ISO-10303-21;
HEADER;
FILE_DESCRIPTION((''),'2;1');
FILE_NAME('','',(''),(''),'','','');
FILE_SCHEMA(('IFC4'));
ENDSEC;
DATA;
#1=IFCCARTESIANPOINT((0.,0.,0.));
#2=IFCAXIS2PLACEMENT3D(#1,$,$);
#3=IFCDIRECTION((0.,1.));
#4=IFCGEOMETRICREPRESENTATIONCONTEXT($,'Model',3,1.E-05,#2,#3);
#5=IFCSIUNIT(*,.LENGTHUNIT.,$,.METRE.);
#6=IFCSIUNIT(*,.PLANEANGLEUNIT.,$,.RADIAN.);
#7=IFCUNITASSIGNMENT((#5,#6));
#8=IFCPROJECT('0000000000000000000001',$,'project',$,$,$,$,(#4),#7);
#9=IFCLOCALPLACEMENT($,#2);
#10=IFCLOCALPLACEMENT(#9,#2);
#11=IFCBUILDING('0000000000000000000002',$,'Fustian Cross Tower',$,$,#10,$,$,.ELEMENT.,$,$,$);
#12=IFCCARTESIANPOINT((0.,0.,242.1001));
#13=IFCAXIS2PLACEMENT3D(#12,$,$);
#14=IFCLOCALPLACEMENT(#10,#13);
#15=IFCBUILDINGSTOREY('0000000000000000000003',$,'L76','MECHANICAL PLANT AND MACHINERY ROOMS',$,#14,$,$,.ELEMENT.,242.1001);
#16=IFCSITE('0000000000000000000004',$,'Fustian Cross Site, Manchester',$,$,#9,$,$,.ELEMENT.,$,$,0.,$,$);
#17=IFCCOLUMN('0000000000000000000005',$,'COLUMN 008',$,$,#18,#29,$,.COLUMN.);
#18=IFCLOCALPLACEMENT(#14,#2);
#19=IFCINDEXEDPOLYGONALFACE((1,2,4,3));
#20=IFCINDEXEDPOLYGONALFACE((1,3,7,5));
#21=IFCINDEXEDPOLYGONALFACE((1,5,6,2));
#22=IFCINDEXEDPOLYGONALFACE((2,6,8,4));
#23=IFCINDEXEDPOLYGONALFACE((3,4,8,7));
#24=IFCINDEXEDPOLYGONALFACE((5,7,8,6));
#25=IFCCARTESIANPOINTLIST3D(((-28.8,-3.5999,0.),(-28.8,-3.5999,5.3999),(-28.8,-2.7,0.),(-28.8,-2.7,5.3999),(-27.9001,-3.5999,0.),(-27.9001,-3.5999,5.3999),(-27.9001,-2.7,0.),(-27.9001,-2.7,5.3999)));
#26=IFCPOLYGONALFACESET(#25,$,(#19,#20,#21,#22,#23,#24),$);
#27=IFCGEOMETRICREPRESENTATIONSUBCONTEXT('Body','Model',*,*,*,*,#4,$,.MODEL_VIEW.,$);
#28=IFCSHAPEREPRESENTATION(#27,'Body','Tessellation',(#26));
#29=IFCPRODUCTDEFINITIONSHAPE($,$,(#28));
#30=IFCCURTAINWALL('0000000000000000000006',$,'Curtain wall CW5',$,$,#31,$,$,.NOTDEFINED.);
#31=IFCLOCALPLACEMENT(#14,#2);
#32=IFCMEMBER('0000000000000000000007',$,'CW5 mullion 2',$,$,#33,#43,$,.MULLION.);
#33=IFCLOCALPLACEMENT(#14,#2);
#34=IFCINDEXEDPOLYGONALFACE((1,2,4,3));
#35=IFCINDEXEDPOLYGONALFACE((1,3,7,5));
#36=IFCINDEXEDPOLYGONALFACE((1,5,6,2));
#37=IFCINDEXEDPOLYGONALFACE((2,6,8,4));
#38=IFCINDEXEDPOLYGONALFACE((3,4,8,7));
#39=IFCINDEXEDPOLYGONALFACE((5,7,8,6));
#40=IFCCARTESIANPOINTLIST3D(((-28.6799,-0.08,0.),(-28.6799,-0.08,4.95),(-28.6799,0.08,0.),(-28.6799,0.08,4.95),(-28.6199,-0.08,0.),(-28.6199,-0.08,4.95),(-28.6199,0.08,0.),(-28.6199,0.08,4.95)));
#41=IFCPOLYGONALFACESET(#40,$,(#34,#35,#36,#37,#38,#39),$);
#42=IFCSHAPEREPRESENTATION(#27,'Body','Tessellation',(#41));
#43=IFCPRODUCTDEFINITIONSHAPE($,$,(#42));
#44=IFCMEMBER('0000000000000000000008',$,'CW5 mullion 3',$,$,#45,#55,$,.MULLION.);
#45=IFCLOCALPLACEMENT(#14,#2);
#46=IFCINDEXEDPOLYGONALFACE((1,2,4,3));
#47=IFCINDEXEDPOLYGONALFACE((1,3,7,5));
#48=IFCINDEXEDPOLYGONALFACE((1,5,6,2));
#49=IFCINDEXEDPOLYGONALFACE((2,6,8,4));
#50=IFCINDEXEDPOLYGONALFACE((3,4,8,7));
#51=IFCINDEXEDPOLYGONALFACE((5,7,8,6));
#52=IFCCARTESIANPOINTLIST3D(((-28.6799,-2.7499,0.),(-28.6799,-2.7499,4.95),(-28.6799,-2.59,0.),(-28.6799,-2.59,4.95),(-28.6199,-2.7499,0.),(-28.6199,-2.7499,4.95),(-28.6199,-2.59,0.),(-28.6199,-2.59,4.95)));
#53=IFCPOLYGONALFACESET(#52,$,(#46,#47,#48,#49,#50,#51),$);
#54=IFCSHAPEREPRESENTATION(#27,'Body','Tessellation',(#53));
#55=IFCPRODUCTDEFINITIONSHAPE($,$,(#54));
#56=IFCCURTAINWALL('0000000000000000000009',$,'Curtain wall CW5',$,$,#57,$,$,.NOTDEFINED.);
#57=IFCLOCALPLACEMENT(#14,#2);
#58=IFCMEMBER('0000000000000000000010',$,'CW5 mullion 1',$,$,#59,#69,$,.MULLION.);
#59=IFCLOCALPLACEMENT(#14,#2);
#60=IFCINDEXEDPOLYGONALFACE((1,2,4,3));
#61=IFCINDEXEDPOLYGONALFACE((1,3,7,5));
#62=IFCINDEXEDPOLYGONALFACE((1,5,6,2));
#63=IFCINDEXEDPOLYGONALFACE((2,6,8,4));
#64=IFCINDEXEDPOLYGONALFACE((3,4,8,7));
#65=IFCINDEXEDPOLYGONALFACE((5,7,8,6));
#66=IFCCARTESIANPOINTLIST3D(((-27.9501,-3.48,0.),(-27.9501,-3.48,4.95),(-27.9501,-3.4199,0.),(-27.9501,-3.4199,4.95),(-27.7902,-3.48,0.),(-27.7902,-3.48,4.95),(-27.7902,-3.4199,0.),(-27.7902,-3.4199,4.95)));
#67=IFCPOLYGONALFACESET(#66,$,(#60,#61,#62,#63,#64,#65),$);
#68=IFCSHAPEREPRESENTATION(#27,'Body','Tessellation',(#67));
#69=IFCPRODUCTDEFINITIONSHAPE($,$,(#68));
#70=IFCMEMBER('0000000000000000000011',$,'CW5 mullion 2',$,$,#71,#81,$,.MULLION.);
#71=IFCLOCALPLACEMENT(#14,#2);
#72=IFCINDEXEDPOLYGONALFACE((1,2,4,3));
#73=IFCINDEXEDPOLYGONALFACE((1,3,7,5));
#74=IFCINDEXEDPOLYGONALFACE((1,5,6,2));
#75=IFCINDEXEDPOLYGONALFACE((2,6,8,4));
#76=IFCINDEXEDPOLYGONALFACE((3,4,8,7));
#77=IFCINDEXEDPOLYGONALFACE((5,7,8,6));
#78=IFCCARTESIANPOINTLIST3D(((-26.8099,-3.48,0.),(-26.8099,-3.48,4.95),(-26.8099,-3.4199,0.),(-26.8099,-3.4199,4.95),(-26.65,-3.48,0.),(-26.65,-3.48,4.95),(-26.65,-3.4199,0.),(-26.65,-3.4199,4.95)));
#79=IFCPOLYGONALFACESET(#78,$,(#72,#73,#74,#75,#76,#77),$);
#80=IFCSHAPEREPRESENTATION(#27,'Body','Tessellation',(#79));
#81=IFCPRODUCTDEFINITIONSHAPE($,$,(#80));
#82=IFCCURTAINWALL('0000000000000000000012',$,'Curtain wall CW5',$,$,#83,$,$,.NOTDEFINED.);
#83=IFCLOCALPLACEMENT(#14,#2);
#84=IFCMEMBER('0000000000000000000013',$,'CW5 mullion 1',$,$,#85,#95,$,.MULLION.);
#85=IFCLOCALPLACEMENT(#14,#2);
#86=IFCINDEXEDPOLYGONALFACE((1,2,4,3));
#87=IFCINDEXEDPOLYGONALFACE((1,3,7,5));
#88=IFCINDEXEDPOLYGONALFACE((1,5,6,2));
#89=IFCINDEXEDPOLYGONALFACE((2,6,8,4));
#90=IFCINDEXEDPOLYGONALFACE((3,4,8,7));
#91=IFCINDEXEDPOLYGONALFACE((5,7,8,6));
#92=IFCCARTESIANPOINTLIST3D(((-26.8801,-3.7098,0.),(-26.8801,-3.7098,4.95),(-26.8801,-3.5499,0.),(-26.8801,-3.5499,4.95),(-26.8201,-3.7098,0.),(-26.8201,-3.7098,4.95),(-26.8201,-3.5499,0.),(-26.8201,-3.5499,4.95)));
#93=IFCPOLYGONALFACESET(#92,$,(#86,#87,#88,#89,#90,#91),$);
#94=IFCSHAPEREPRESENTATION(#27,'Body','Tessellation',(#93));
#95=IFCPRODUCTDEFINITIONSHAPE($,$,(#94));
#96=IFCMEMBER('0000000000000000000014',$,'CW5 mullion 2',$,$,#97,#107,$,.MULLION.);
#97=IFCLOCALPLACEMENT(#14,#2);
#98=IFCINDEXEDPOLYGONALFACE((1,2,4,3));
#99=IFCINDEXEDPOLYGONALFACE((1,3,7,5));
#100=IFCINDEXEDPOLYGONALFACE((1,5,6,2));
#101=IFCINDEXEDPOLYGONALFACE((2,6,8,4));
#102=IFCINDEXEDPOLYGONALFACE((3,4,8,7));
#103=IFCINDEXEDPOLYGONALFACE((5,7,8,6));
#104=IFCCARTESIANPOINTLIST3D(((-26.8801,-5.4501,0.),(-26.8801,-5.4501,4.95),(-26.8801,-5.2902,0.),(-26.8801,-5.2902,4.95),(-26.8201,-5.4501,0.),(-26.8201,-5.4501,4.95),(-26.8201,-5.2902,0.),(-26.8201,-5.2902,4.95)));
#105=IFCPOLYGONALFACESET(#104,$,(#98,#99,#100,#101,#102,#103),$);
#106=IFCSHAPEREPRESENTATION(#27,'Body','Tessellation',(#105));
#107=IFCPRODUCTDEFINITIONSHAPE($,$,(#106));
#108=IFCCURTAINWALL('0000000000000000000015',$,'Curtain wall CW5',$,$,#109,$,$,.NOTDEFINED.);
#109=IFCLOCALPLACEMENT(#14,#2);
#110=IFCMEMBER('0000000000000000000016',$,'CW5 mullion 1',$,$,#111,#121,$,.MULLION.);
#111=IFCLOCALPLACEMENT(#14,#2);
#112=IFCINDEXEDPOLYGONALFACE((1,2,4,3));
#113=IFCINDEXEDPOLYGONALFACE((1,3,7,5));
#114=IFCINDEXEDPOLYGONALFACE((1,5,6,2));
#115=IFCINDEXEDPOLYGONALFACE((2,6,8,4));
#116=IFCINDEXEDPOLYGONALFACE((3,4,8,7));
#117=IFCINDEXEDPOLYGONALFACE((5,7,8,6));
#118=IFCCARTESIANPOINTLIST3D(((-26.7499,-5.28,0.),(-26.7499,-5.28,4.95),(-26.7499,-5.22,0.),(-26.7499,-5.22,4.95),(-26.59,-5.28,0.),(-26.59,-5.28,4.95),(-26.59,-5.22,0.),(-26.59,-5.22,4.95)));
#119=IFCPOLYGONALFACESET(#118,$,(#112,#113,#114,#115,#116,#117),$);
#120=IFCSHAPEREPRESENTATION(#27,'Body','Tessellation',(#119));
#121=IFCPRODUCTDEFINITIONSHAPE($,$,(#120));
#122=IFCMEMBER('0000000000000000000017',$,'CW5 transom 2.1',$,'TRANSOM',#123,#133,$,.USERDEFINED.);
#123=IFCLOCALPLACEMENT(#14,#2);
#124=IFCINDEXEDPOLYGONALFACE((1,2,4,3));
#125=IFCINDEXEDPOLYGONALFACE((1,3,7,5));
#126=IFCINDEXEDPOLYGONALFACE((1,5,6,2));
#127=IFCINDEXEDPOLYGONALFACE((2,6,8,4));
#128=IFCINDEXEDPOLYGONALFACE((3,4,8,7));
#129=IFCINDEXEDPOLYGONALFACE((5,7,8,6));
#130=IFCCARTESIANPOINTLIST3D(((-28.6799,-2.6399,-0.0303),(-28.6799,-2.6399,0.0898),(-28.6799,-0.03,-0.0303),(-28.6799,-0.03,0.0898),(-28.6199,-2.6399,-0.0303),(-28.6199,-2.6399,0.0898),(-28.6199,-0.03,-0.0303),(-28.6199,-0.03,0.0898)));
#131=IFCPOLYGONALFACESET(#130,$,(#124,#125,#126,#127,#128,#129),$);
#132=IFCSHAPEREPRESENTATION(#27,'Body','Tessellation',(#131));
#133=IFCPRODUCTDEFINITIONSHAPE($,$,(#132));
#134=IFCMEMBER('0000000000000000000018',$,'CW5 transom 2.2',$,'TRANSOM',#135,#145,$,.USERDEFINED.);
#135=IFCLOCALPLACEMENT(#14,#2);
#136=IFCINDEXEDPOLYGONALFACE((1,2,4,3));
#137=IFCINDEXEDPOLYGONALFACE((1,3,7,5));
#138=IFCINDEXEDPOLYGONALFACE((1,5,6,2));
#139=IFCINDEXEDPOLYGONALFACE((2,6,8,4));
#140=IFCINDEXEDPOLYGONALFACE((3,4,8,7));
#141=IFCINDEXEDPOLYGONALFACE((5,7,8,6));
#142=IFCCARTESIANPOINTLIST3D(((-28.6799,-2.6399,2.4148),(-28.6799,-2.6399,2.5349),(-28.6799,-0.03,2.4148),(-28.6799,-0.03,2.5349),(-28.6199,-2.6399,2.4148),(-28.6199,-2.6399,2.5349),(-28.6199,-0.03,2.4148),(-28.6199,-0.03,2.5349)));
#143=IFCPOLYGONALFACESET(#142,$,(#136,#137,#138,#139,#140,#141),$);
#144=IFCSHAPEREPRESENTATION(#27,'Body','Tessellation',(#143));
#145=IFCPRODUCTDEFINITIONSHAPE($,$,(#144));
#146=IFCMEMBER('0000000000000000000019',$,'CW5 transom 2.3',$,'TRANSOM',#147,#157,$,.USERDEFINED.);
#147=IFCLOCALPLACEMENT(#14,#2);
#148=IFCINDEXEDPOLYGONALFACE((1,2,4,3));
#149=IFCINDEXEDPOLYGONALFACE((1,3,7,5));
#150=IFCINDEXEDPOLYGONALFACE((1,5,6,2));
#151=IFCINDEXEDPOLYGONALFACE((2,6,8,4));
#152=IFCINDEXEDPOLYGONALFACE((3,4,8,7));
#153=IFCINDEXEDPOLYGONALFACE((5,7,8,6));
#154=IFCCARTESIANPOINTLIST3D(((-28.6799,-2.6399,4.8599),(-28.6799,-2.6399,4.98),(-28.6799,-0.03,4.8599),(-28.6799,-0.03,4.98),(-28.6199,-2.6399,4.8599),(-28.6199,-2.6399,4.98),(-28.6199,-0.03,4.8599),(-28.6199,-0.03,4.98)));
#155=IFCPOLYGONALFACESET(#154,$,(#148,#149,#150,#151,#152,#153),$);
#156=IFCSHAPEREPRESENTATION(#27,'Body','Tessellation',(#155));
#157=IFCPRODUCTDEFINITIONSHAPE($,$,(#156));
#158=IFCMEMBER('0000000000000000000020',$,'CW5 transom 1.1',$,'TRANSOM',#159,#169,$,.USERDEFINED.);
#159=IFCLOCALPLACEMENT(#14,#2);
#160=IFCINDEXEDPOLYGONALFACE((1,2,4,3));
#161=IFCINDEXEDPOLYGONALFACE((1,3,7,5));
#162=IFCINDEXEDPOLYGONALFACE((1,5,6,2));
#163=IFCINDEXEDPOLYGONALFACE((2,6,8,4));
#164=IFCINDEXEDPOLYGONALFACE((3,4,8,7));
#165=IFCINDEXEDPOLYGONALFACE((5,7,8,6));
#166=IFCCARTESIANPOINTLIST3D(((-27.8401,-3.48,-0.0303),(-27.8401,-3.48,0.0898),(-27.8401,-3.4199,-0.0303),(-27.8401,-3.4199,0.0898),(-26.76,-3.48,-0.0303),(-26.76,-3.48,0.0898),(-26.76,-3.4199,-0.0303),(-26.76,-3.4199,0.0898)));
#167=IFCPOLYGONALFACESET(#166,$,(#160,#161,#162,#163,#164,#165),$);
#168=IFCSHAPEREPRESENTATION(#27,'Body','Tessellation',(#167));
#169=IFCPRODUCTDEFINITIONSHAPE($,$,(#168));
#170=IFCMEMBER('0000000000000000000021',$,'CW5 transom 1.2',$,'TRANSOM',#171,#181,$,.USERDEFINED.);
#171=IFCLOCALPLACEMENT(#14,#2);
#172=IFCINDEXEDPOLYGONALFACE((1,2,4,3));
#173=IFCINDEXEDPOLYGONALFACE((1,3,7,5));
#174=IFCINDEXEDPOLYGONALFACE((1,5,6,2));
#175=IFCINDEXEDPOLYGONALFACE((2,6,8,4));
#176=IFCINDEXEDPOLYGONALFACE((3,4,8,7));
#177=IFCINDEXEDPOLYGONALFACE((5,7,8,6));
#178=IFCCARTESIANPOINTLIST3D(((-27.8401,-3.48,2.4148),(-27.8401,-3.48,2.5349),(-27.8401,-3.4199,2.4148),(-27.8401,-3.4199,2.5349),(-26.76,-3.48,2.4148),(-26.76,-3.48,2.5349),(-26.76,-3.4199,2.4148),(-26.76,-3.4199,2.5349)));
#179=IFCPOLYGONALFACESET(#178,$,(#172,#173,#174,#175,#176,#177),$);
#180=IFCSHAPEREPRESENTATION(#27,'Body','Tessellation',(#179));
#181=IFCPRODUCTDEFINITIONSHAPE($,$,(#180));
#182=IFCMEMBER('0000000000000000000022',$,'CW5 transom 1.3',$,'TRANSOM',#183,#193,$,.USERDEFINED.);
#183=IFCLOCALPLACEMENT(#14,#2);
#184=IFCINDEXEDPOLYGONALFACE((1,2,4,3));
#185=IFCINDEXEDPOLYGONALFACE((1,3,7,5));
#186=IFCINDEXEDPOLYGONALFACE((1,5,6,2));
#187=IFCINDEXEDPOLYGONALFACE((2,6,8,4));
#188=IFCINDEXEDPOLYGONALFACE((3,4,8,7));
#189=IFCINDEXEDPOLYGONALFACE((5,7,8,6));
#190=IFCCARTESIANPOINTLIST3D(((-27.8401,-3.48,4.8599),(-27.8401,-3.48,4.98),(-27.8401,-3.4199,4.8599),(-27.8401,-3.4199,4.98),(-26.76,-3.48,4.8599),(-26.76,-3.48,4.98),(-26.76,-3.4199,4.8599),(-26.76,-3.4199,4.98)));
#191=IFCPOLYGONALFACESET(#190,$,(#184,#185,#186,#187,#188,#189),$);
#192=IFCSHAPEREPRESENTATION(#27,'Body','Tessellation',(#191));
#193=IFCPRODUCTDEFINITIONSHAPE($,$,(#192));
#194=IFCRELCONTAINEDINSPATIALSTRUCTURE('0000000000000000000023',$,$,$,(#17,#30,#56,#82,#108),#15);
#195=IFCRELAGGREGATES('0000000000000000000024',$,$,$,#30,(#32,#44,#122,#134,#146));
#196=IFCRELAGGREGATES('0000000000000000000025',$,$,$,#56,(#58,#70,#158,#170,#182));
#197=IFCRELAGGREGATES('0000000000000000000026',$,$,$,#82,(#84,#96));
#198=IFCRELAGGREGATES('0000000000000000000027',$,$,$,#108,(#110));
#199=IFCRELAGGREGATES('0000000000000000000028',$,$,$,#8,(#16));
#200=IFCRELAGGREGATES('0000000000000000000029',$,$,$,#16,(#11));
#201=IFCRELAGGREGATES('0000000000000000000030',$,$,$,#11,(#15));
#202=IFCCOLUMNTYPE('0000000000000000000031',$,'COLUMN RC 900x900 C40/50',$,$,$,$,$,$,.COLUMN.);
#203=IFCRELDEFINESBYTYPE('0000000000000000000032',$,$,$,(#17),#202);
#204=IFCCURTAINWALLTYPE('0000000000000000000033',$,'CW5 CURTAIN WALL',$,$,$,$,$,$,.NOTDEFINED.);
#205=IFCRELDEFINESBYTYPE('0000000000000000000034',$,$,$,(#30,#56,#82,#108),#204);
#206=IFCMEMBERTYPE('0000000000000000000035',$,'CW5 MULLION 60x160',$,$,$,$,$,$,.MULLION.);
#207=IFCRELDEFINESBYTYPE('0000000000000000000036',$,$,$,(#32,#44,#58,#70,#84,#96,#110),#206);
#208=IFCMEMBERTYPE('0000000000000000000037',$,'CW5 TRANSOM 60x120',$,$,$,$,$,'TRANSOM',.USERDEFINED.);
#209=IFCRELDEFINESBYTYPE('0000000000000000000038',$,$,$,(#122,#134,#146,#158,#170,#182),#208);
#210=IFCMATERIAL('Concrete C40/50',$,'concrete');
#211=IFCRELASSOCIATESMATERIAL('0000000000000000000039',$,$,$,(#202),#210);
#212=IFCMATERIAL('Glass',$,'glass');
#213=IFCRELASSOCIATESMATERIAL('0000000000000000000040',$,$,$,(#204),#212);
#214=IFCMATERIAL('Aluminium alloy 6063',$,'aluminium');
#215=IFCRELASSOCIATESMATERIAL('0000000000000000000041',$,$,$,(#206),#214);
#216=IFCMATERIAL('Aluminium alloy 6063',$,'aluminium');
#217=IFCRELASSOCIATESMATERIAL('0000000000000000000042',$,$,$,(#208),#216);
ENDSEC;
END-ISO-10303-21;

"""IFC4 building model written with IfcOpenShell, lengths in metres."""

from ifc_helpers import new_model, si_unit, direction, frame, origin, origin_2d, place, context, subcontext, project, spatial, rectangle, extrude, material, material_profile, profile_set, type_object, element, aggregate, save


model = new_model("IFC4")

# Units and contexts
model_context = context("Model", 3, precision=1e-05, world=origin(), true_north=direction((0.0, 1.0)))
body_context = subcontext(model_context, "Body", "Model", "MODEL_VIEW")
ifc_project = project(units=[si_unit("LENGTHUNIT", "METRE"), si_unit("PLANEANGLEUNIT", "RADIAN")], contexts=[model_context])

# Site, building, storey
site_placement = place(None, origin())
site = spatial("IfcSite", under=ifc_project, at=site_placement, Name="Fustian Cross Site, Manchester", CompositionType="ELEMENT", RefElevation=0.0)
building_placement = place(site_placement, origin())
building = spatial("IfcBuilding", under=site, at=building_placement, Name="Fustian Cross Tower", CompositionType="ELEMENT")
storey_placement = place(building_placement, frame((0.0, 0.0, 242.1001)))
storey = spatial("IfcBuildingStorey", under=building, at=storey_placement, Name="L76", Description="MECHANICAL PLANT AND MACHINERY ROOMS", CompositionType="ELEMENT", Elevation=242.1001)

# Column
ifc_material_1 = material(Name="Concrete C40/50", Category="concrete")
ifc_material_profile_1 = material_profile(ifc_material_1, rectangle(XDim=0.8999, YDim=0.8999, at=origin_2d()), Name="RC 900x900")
ifc_profile_set_1 = profile_set([ifc_material_profile_1], Name="Concrete C40/50")
column_type = type_object("IfcColumnType", Name="COLUMN RC 900x900 C40/50", PredefinedType="COLUMN", material=ifc_profile_set_1)
column_placement = place(storey_placement, frame((-28.3501, -3.1499, 0.0), z_axis=(0.0, 0.0, 1.0), x_axis=(1.0, 0.0, 0.0)))
element("IfcColumn", 1, at=column_placement, inside=storey, type_object=column_type, Name="COLUMN 008", PredefinedType="COLUMN", context=body_context, shape_type="SweptSolid", body=[
    extrude(rectangle(XDim=0.8999, YDim=0.8999, at=origin_2d()), origin(), (0.0, 0.0, 1.0), 5.3999),
])

# Curtain walls, members
ifc_material_2 = material(Name="Glass", Category="glass")
curtain_wall_type = type_object("IfcCurtainWallType", Name="CW5 CURTAIN WALL", PredefinedType="NOTDEFINED", material=ifc_material_2)
curtain_wall_1_placement = place(storey_placement, origin())
curtain_wall_1 = element("IfcCurtainWall", 2, at=curtain_wall_1_placement, inside=storey, type_object=curtain_wall_type, Name="Curtain wall CW5", PredefinedType="NOTDEFINED")
ifc_material_3 = material(Name="Aluminium alloy 6063", Category="aluminium")
ifc_material_profile_2 = material_profile(ifc_material_3, rectangle(XDim=0.0601, YDim=0.1599, at=origin_2d()), Name="CW5 MULLION 60x160")
ifc_profile_set_2 = profile_set([ifc_material_profile_2], Name="Aluminium alloy 6063")
member_type_1 = type_object("IfcMemberType", Name="CW5 MULLION 60x160", PredefinedType="MULLION", material=ifc_profile_set_2)
member_1_placement = place(storey_placement, frame((-28.6499, 0.0, 0.0), z_axis=(0.0, 0.0, 1.0), x_axis=(1.0, 0.0, 0.0)))
member_1 = element("IfcMember", 3, at=member_1_placement, type_object=member_type_1, Name="CW5 mullion 2", PredefinedType="MULLION", context=body_context, shape_type="SweptSolid", body=[
    extrude(rectangle(XDim=0.0601, YDim=0.1599, at=origin_2d()), origin(), (0.0, 0.0, 1.0), 4.95),
])
member_2_placement = place(storey_placement, frame((-28.6499, -2.6699, 0.0), z_axis=(0.0, 0.0, 1.0), x_axis=(1.0, 0.0, 0.0)))
member_2 = element("IfcMember", 4, at=member_2_placement, type_object=member_type_1, Name="CW5 mullion 3", PredefinedType="MULLION", context=body_context, shape_type="SweptSolid", body=[
    extrude(rectangle(XDim=0.0601, YDim=0.1599, at=origin_2d()), origin(), (0.0, 0.0, 1.0), 4.95),
])
curtain_wall_2_placement = place(storey_placement, origin())
curtain_wall_2 = element("IfcCurtainWall", 5, at=curtain_wall_2_placement, inside=storey, type_object=curtain_wall_type, Name="Curtain wall CW5", PredefinedType="NOTDEFINED")
member_3_placement = place(storey_placement, frame((-27.8701, -3.45, 0.0), z_axis=(0.0, 0.0, 1.0), x_axis=(0.0, 1.0, 0.0)))
member_3 = element("IfcMember", 6, at=member_3_placement, type_object=member_type_1, Name="CW5 mullion 1", PredefinedType="MULLION", context=body_context, shape_type="SweptSolid", body=[
    extrude(rectangle(XDim=0.0601, YDim=0.1599, at=origin_2d()), origin(), (0.0, 0.0, 1.0), 4.95),
])
member_4_placement = place(storey_placement, frame((-26.73, -3.45, 0.0), z_axis=(0.0, 0.0, 1.0), x_axis=(0.0, 1.0, 0.0)))
member_4 = element("IfcMember", 7, at=member_4_placement, type_object=member_type_1, Name="CW5 mullion 2", PredefinedType="MULLION", context=body_context, shape_type="SweptSolid", body=[
    extrude(rectangle(XDim=0.0601, YDim=0.1599, at=origin_2d()), origin(), (0.0, 0.0, 1.0), 4.95),
])
curtain_wall_3_placement = place(storey_placement, origin())
curtain_wall_3 = element("IfcCurtainWall", 8, at=curtain_wall_3_placement, inside=storey, type_object=curtain_wall_type, Name="Curtain wall CW5", PredefinedType="NOTDEFINED")
member_5_placement = place(storey_placement, frame((-26.8501, -3.6299, 0.0), z_axis=(0.0, 0.0, 1.0), x_axis=(1.0, 0.0, 0.0)))
member_5 = element("IfcMember", 9, at=member_5_placement, type_object=member_type_1, Name="CW5 mullion 1", PredefinedType="MULLION", context=body_context, shape_type="SweptSolid", body=[
    extrude(rectangle(XDim=0.0601, YDim=0.1599, at=origin_2d()), origin(), (0.0, 0.0, 1.0), 4.95),
])
member_6_placement = place(storey_placement, frame((-26.8501, -5.3701, 0.0), z_axis=(0.0, 0.0, 1.0), x_axis=(1.0, 0.0, 0.0)))
member_6 = element("IfcMember", 10, at=member_6_placement, type_object=member_type_1, Name="CW5 mullion 2", PredefinedType="MULLION", context=body_context, shape_type="SweptSolid", body=[
    extrude(rectangle(XDim=0.0601, YDim=0.1599, at=origin_2d()), origin(), (0.0, 0.0, 1.0), 4.95),
])

# Curtain wall, member
curtain_wall_4_placement = place(storey_placement, origin())
curtain_wall_4 = element("IfcCurtainWall", 11, at=curtain_wall_4_placement, inside=storey, type_object=curtain_wall_type, Name="Curtain wall CW5", PredefinedType="NOTDEFINED")
member_7_placement = place(storey_placement, frame((-26.6699, -5.25, 0.0), z_axis=(0.0, 0.0, 1.0), x_axis=(0.0, 1.0, 0.0)))
member_7 = element("IfcMember", 12, at=member_7_placement, type_object=member_type_1, Name="CW5 mullion 1", PredefinedType="MULLION", context=body_context, shape_type="SweptSolid", body=[
    extrude(rectangle(XDim=0.0601, YDim=0.1599, at=origin_2d()), origin(), (0.0, 0.0, 1.0), 4.95),
])

# Members
ifc_material_4 = material(Name="Aluminium alloy 6063", Category="aluminium")
ifc_material_profile_3 = material_profile(ifc_material_4, rectangle(XDim=0.0601, YDim=0.1201, at=origin_2d()), Name="CW5 TRANSOM 60x120")
ifc_profile_set_3 = profile_set([ifc_material_profile_3], Name="Aluminium alloy 6063")
member_type_2 = type_object("IfcMemberType", Name="CW5 TRANSOM 60x120", ElementType="TRANSOM", PredefinedType="USERDEFINED", material=ifc_profile_set_3)
member_8_placement = place(storey_placement, frame((-28.6499, -0.03, 0.0298), z_axis=(0.0, -1.0, 0.0), x_axis=(1.0, 0.0, 0.0)))
member_8 = element("IfcMember", 13, at=member_8_placement, type_object=member_type_2, Name="CW5 transom 2.1", ObjectType="TRANSOM", PredefinedType="USERDEFINED", context=body_context, shape_type="SweptSolid", body=[
    extrude(rectangle(XDim=0.0601, YDim=0.1201, at=origin_2d()), origin(), (0.0, 0.0, 1.0), 2.6099),
])
member_9_placement = place(storey_placement, frame((-28.6499, -0.03, 2.4749), z_axis=(0.0, -1.0, 0.0), x_axis=(1.0, 0.0, 0.0)))
member_9 = element("IfcMember", 14, at=member_9_placement, type_object=member_type_2, Name="CW5 transom 2.2", ObjectType="TRANSOM", PredefinedType="USERDEFINED", context=body_context, shape_type="SweptSolid", body=[
    extrude(rectangle(XDim=0.0601, YDim=0.1201, at=origin_2d()), origin(), (0.0, 0.0, 1.0), 2.6099),
])
member_10_placement = place(storey_placement, frame((-28.6499, -0.03, 4.9199), z_axis=(0.0, -1.0, 0.0), x_axis=(1.0, 0.0, 0.0)))
member_10 = element("IfcMember", 15, at=member_10_placement, type_object=member_type_2, Name="CW5 transom 2.3", ObjectType="TRANSOM", PredefinedType="USERDEFINED", context=body_context, shape_type="SweptSolid", body=[
    extrude(rectangle(XDim=0.0601, YDim=0.1201, at=origin_2d()), origin(), (0.0, 0.0, 1.0), 2.6099),
])
member_11_placement = place(storey_placement, frame((-27.8401, -3.45, 0.0298), z_axis=(1.0, 0.0, 0.0), x_axis=(0.0, 1.0, 0.0)))
member_11 = element("IfcMember", 16, at=member_11_placement, type_object=member_type_2, Name="CW5 transom 1.1", ObjectType="TRANSOM", PredefinedType="USERDEFINED", context=body_context, shape_type="SweptSolid", body=[
    extrude(rectangle(XDim=0.0601, YDim=0.1201, at=origin_2d()), origin(), (0.0, 0.0, 1.0), 1.0801),
])
member_12_placement = place(storey_placement, frame((-27.8401, -3.45, 2.4749), z_axis=(1.0, 0.0, 0.0), x_axis=(0.0, 1.0, 0.0)))
member_12 = element("IfcMember", 17, at=member_12_placement, type_object=member_type_2, Name="CW5 transom 1.2", ObjectType="TRANSOM", PredefinedType="USERDEFINED", context=body_context, shape_type="SweptSolid", body=[
    extrude(rectangle(XDim=0.0601, YDim=0.1201, at=origin_2d()), origin(), (0.0, 0.0, 1.0), 1.0801),
])
member_13_placement = place(storey_placement, frame((-27.8401, -3.45, 4.9199), z_axis=(1.0, 0.0, 0.0), x_axis=(0.0, 1.0, 0.0)))
member_13 = element("IfcMember", 18, at=member_13_placement, type_object=member_type_2, Name="CW5 transom 1.3", ObjectType="TRANSOM", PredefinedType="USERDEFINED", context=body_context, shape_type="SweptSolid", body=[
    extrude(rectangle(XDim=0.0601, YDim=0.1201, at=origin_2d()), origin(), (0.0, 0.0, 1.0), 1.0801),
])

aggregate(curtain_wall_1, [member_1, member_2, member_8, member_9, member_10])
aggregate(curtain_wall_2, [member_3, member_4, member_11, member_12, member_13])
aggregate(curtain_wall_3, [member_5, member_6])
aggregate(curtain_wall_4, [member_7])

save(model, "model.ifc")
